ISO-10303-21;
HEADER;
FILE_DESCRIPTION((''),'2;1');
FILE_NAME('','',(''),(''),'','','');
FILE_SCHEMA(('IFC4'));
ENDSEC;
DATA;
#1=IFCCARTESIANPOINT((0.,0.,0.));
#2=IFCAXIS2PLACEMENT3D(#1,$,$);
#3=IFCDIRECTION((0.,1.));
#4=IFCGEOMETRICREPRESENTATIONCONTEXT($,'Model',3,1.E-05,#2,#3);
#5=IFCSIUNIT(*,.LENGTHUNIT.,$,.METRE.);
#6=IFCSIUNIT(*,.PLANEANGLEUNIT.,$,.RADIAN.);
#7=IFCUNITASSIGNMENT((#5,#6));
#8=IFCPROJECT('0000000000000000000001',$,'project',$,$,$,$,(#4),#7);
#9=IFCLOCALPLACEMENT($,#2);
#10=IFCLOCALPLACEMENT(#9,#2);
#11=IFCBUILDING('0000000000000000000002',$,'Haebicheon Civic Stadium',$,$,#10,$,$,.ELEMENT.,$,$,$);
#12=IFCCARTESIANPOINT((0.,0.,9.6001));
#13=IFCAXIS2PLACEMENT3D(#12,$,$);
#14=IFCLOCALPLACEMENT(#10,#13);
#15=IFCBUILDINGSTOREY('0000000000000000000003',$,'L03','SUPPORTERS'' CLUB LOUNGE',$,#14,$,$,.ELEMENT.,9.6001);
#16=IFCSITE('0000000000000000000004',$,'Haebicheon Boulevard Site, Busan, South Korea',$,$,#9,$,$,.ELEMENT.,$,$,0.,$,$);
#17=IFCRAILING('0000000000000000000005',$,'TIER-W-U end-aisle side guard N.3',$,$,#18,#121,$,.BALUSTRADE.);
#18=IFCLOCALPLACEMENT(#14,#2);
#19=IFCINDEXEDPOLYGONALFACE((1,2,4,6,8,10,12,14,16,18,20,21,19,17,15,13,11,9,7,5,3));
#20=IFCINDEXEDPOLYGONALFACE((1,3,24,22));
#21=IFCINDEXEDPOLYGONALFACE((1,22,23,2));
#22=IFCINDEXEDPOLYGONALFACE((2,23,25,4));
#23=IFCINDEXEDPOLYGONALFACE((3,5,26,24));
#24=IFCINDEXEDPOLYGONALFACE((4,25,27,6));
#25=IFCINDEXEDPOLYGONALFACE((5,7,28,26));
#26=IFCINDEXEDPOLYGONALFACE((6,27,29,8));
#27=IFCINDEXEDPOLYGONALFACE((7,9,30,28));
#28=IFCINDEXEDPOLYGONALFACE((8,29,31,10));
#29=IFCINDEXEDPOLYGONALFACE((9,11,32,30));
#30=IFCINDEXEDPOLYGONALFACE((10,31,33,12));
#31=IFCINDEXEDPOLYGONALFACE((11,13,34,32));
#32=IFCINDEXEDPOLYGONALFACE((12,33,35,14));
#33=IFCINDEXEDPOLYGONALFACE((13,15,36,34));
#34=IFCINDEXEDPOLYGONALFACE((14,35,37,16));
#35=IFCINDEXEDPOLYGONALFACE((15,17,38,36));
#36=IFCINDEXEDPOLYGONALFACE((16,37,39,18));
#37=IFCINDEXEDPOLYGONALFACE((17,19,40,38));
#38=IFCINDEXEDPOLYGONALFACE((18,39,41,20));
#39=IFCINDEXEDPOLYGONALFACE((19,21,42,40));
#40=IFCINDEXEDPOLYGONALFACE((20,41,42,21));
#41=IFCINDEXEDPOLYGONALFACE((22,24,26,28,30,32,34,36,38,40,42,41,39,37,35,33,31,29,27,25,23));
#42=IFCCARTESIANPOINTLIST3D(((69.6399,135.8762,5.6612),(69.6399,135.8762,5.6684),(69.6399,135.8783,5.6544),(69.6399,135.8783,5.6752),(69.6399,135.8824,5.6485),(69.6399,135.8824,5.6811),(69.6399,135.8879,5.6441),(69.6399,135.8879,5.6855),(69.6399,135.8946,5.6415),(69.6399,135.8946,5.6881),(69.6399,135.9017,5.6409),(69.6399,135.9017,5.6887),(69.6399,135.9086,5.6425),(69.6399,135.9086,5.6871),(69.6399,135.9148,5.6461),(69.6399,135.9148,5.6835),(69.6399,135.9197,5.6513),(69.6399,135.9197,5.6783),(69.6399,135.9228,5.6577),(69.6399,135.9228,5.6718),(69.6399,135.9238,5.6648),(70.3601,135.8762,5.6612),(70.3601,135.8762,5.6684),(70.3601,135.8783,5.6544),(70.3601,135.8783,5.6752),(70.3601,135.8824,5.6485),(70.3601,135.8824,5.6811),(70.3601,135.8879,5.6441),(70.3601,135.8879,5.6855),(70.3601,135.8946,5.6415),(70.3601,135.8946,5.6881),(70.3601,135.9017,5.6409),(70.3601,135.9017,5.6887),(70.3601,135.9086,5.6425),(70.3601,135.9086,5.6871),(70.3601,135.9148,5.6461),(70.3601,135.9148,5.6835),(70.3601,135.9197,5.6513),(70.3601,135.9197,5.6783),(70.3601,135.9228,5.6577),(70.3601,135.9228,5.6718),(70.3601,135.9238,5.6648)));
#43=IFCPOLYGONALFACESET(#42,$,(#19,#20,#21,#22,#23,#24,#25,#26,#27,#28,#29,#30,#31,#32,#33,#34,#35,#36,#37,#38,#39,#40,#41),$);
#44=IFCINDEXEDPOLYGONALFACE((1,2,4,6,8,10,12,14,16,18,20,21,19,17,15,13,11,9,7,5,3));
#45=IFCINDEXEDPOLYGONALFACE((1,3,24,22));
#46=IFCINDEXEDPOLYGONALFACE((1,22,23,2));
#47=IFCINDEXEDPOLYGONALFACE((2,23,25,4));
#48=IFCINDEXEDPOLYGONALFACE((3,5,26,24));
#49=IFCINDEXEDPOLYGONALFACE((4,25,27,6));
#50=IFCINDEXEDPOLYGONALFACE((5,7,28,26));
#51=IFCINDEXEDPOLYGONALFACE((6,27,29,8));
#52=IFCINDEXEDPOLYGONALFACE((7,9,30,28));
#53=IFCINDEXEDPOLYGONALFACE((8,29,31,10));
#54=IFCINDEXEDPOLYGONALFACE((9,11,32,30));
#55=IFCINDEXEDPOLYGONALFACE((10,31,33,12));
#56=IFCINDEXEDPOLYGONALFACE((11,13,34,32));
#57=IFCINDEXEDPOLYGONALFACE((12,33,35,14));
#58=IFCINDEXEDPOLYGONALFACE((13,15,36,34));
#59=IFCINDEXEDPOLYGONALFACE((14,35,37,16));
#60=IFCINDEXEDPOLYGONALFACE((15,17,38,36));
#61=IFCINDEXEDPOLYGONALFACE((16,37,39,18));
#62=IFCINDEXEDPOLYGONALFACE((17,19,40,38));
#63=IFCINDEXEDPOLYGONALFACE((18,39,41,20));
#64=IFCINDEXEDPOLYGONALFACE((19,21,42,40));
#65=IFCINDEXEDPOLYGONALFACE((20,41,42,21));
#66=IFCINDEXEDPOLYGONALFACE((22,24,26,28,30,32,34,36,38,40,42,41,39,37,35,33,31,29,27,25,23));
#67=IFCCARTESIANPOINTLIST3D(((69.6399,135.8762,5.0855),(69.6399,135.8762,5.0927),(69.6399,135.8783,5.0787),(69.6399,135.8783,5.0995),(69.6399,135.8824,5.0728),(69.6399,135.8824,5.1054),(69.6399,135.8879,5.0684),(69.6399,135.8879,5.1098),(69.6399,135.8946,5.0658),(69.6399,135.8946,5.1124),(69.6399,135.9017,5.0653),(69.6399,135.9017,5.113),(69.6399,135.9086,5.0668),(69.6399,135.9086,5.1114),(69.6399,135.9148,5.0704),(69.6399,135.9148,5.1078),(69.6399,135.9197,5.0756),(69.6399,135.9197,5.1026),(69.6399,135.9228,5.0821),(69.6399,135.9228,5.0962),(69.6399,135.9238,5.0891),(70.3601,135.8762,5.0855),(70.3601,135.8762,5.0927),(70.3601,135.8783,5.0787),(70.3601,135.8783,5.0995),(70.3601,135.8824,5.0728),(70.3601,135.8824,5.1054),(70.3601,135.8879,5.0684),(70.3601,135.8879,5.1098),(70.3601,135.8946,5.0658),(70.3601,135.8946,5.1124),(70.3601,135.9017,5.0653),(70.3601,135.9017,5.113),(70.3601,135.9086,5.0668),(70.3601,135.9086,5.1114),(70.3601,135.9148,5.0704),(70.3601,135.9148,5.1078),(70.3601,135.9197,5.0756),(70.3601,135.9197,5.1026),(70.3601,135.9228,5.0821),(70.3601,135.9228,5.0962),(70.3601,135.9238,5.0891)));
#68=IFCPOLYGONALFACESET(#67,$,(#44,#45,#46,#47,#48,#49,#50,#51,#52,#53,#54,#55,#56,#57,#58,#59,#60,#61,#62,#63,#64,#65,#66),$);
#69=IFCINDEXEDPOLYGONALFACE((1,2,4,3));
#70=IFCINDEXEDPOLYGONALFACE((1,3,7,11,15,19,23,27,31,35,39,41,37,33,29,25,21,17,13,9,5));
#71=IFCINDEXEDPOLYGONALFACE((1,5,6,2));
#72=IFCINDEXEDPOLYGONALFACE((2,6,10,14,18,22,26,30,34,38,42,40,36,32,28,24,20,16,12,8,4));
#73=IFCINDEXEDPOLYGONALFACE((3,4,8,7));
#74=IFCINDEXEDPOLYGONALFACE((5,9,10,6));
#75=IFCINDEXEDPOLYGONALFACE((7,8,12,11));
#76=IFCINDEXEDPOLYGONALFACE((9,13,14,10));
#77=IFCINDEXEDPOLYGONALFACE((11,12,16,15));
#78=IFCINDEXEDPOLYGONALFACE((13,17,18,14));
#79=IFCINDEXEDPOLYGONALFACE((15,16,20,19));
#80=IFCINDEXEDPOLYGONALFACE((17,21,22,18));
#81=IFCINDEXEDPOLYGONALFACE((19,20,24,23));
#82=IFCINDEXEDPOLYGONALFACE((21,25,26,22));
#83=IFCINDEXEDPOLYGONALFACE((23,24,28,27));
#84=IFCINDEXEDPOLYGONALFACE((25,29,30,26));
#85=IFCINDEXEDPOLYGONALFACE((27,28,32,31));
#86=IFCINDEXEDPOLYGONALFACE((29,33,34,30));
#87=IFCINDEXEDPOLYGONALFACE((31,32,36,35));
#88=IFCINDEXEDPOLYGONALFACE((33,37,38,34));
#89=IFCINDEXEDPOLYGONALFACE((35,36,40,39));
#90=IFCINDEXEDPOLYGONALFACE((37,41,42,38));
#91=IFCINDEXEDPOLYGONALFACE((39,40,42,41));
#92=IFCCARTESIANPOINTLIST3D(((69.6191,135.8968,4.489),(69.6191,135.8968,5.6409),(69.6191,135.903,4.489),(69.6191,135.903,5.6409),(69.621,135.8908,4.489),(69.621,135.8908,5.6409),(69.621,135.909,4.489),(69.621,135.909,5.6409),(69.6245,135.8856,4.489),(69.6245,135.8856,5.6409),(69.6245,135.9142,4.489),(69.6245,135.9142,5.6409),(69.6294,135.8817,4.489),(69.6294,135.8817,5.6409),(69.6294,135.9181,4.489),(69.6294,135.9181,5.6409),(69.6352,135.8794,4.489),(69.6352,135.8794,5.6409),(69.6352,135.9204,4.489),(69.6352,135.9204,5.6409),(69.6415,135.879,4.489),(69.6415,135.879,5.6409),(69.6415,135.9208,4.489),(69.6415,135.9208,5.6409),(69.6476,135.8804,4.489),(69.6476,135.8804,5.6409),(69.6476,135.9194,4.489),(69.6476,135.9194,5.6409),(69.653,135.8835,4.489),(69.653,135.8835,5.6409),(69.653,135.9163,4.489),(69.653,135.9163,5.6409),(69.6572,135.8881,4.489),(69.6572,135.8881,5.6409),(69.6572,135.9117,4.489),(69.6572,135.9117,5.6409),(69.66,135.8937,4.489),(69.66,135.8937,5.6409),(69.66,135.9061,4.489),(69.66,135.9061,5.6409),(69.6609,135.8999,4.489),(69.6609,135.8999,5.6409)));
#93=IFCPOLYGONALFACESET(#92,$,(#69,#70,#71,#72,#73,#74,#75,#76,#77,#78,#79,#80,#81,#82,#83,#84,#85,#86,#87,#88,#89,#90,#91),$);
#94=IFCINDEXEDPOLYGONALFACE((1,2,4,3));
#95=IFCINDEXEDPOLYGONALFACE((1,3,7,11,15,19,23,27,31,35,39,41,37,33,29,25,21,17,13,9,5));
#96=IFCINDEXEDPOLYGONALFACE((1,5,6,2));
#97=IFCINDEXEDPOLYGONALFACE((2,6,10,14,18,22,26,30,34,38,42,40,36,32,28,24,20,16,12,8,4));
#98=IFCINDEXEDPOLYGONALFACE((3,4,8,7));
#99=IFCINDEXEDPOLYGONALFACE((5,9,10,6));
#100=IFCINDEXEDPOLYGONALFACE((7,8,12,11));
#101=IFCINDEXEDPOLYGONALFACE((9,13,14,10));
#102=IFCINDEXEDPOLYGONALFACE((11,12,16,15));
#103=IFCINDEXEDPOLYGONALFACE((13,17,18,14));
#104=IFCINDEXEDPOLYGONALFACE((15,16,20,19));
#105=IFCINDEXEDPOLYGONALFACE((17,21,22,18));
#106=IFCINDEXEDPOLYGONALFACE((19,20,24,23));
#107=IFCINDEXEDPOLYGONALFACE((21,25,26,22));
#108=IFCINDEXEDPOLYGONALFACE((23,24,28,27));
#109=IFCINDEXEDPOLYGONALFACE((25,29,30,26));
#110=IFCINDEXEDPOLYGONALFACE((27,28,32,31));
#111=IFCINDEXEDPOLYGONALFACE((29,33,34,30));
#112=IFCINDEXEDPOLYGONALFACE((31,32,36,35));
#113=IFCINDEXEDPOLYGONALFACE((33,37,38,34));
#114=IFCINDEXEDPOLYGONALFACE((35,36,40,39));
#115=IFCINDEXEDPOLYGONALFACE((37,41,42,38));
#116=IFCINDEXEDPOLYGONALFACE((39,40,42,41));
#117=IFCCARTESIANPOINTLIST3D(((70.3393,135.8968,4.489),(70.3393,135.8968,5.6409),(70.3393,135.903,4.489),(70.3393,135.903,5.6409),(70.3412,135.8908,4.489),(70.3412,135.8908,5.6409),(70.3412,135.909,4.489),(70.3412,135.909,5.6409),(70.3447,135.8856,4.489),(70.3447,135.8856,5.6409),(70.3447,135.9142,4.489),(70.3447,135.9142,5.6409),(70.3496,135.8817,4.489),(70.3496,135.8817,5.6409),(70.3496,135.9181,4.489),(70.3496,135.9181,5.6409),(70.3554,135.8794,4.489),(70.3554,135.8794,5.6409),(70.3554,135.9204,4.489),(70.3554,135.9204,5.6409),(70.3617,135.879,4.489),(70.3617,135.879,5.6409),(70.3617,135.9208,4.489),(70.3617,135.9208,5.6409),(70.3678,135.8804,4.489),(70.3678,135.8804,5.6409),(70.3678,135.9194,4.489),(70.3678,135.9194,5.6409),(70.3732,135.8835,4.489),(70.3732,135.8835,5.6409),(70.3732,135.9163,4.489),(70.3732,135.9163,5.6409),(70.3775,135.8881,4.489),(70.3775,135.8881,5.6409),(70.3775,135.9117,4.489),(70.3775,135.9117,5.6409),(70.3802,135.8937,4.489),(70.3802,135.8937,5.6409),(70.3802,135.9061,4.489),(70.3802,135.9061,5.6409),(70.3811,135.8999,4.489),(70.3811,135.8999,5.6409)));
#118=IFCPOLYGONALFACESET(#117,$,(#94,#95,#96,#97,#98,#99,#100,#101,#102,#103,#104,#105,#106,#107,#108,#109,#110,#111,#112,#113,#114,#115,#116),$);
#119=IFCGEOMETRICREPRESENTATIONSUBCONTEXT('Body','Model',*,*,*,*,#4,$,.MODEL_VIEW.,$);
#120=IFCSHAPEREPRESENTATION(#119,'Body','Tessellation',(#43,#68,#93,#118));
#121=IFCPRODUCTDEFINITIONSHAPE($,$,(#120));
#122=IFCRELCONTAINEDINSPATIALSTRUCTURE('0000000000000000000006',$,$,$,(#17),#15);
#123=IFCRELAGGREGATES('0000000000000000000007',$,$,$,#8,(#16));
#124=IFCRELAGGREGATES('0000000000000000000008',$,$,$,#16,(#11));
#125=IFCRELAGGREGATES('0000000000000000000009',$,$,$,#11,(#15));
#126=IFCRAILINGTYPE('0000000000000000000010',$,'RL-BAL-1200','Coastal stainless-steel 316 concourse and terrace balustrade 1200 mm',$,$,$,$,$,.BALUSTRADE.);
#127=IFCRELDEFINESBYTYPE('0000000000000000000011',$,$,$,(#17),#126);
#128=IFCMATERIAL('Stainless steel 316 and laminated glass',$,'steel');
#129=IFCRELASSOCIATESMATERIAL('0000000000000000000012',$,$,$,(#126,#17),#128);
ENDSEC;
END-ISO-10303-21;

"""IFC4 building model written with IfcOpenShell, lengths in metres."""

from ifc_helpers import new_model, si_unit, direction, frame, origin, origin_2d, place, context, subcontext, project, spatial, circle, extrude, material, type_object, element, save


model = new_model("IFC4")

# Units and contexts
model_context = context("Model", 3, precision=1e-05, world=origin(), true_north=direction((0.0, 1.0)))
body_context = subcontext(model_context, "Body", "Model", "MODEL_VIEW")
ifc_project = project(units=[si_unit("LENGTHUNIT", "METRE"), si_unit("PLANEANGLEUNIT", "RADIAN")], contexts=[model_context])

# Site, building, storey
site_placement = place(None, origin())
site = spatial("IfcSite", under=ifc_project, at=site_placement, Name="Haebicheon Boulevard Site, Busan, South Korea", CompositionType="ELEMENT", RefElevation=0.0)
building_placement = place(site_placement, origin())
building = spatial("IfcBuilding", under=site, at=building_placement, Name="Haebicheon Civic Stadium", CompositionType="ELEMENT")
storey_placement = place(building_placement, frame((0.0, 0.0, 9.6001)))
storey = spatial("IfcBuildingStorey", under=building, at=storey_placement, Name="L03", Description="SUPPORTERS' CLUB LOUNGE", CompositionType="ELEMENT", Elevation=9.6001)

# Railing
ifc_material_1 = material(Name="Stainless steel 316 and laminated glass", Category="steel")
railing_type = type_object("IfcRailingType", Name="RL-BAL-1200", Description="Coastal stainless-steel 316 concourse and terrace balustrade 1200 mm", PredefinedType="BALUSTRADE", material=ifc_material_1)
railing_placement = place(storey_placement, frame((69.6399, 135.8999, 4.489)))
element("IfcRailing", 1, at=railing_placement, inside=storey, type_object=railing_type, material=ifc_material_1, Name="TIER-W-U end-aisle side guard N.3", PredefinedType="BALUSTRADE", context=body_context, shape_type="SweptSolid", body=[
    extrude(circle(Radius=0.0239, at=origin_2d()), frame((0.0, 0.0, 1.1758), z_axis=(1.0, 0.0, 0.0), x_axis=(0.0, 1.0, 0.0)), (0.0, 0.0, 1.0), 0.7202),
    extrude(circle(Radius=0.0239, at=origin_2d()), frame((0.0, 0.0, 0.6001), z_axis=(1.0, 0.0, 0.0), x_axis=(0.0, 1.0, 0.0)), (0.0, 0.0, 1.0), 0.7202),
    extrude(circle(Radius=0.021, at=origin_2d()), origin(), (0.0, 0.0, 1.0), 1.1519),
    extrude(circle(Radius=0.021, at=origin_2d()), frame((0.7202, 0.0, 0.0)), (0.0, 0.0, 1.0), 1.1519),
])

save(model, "model.ifc")
